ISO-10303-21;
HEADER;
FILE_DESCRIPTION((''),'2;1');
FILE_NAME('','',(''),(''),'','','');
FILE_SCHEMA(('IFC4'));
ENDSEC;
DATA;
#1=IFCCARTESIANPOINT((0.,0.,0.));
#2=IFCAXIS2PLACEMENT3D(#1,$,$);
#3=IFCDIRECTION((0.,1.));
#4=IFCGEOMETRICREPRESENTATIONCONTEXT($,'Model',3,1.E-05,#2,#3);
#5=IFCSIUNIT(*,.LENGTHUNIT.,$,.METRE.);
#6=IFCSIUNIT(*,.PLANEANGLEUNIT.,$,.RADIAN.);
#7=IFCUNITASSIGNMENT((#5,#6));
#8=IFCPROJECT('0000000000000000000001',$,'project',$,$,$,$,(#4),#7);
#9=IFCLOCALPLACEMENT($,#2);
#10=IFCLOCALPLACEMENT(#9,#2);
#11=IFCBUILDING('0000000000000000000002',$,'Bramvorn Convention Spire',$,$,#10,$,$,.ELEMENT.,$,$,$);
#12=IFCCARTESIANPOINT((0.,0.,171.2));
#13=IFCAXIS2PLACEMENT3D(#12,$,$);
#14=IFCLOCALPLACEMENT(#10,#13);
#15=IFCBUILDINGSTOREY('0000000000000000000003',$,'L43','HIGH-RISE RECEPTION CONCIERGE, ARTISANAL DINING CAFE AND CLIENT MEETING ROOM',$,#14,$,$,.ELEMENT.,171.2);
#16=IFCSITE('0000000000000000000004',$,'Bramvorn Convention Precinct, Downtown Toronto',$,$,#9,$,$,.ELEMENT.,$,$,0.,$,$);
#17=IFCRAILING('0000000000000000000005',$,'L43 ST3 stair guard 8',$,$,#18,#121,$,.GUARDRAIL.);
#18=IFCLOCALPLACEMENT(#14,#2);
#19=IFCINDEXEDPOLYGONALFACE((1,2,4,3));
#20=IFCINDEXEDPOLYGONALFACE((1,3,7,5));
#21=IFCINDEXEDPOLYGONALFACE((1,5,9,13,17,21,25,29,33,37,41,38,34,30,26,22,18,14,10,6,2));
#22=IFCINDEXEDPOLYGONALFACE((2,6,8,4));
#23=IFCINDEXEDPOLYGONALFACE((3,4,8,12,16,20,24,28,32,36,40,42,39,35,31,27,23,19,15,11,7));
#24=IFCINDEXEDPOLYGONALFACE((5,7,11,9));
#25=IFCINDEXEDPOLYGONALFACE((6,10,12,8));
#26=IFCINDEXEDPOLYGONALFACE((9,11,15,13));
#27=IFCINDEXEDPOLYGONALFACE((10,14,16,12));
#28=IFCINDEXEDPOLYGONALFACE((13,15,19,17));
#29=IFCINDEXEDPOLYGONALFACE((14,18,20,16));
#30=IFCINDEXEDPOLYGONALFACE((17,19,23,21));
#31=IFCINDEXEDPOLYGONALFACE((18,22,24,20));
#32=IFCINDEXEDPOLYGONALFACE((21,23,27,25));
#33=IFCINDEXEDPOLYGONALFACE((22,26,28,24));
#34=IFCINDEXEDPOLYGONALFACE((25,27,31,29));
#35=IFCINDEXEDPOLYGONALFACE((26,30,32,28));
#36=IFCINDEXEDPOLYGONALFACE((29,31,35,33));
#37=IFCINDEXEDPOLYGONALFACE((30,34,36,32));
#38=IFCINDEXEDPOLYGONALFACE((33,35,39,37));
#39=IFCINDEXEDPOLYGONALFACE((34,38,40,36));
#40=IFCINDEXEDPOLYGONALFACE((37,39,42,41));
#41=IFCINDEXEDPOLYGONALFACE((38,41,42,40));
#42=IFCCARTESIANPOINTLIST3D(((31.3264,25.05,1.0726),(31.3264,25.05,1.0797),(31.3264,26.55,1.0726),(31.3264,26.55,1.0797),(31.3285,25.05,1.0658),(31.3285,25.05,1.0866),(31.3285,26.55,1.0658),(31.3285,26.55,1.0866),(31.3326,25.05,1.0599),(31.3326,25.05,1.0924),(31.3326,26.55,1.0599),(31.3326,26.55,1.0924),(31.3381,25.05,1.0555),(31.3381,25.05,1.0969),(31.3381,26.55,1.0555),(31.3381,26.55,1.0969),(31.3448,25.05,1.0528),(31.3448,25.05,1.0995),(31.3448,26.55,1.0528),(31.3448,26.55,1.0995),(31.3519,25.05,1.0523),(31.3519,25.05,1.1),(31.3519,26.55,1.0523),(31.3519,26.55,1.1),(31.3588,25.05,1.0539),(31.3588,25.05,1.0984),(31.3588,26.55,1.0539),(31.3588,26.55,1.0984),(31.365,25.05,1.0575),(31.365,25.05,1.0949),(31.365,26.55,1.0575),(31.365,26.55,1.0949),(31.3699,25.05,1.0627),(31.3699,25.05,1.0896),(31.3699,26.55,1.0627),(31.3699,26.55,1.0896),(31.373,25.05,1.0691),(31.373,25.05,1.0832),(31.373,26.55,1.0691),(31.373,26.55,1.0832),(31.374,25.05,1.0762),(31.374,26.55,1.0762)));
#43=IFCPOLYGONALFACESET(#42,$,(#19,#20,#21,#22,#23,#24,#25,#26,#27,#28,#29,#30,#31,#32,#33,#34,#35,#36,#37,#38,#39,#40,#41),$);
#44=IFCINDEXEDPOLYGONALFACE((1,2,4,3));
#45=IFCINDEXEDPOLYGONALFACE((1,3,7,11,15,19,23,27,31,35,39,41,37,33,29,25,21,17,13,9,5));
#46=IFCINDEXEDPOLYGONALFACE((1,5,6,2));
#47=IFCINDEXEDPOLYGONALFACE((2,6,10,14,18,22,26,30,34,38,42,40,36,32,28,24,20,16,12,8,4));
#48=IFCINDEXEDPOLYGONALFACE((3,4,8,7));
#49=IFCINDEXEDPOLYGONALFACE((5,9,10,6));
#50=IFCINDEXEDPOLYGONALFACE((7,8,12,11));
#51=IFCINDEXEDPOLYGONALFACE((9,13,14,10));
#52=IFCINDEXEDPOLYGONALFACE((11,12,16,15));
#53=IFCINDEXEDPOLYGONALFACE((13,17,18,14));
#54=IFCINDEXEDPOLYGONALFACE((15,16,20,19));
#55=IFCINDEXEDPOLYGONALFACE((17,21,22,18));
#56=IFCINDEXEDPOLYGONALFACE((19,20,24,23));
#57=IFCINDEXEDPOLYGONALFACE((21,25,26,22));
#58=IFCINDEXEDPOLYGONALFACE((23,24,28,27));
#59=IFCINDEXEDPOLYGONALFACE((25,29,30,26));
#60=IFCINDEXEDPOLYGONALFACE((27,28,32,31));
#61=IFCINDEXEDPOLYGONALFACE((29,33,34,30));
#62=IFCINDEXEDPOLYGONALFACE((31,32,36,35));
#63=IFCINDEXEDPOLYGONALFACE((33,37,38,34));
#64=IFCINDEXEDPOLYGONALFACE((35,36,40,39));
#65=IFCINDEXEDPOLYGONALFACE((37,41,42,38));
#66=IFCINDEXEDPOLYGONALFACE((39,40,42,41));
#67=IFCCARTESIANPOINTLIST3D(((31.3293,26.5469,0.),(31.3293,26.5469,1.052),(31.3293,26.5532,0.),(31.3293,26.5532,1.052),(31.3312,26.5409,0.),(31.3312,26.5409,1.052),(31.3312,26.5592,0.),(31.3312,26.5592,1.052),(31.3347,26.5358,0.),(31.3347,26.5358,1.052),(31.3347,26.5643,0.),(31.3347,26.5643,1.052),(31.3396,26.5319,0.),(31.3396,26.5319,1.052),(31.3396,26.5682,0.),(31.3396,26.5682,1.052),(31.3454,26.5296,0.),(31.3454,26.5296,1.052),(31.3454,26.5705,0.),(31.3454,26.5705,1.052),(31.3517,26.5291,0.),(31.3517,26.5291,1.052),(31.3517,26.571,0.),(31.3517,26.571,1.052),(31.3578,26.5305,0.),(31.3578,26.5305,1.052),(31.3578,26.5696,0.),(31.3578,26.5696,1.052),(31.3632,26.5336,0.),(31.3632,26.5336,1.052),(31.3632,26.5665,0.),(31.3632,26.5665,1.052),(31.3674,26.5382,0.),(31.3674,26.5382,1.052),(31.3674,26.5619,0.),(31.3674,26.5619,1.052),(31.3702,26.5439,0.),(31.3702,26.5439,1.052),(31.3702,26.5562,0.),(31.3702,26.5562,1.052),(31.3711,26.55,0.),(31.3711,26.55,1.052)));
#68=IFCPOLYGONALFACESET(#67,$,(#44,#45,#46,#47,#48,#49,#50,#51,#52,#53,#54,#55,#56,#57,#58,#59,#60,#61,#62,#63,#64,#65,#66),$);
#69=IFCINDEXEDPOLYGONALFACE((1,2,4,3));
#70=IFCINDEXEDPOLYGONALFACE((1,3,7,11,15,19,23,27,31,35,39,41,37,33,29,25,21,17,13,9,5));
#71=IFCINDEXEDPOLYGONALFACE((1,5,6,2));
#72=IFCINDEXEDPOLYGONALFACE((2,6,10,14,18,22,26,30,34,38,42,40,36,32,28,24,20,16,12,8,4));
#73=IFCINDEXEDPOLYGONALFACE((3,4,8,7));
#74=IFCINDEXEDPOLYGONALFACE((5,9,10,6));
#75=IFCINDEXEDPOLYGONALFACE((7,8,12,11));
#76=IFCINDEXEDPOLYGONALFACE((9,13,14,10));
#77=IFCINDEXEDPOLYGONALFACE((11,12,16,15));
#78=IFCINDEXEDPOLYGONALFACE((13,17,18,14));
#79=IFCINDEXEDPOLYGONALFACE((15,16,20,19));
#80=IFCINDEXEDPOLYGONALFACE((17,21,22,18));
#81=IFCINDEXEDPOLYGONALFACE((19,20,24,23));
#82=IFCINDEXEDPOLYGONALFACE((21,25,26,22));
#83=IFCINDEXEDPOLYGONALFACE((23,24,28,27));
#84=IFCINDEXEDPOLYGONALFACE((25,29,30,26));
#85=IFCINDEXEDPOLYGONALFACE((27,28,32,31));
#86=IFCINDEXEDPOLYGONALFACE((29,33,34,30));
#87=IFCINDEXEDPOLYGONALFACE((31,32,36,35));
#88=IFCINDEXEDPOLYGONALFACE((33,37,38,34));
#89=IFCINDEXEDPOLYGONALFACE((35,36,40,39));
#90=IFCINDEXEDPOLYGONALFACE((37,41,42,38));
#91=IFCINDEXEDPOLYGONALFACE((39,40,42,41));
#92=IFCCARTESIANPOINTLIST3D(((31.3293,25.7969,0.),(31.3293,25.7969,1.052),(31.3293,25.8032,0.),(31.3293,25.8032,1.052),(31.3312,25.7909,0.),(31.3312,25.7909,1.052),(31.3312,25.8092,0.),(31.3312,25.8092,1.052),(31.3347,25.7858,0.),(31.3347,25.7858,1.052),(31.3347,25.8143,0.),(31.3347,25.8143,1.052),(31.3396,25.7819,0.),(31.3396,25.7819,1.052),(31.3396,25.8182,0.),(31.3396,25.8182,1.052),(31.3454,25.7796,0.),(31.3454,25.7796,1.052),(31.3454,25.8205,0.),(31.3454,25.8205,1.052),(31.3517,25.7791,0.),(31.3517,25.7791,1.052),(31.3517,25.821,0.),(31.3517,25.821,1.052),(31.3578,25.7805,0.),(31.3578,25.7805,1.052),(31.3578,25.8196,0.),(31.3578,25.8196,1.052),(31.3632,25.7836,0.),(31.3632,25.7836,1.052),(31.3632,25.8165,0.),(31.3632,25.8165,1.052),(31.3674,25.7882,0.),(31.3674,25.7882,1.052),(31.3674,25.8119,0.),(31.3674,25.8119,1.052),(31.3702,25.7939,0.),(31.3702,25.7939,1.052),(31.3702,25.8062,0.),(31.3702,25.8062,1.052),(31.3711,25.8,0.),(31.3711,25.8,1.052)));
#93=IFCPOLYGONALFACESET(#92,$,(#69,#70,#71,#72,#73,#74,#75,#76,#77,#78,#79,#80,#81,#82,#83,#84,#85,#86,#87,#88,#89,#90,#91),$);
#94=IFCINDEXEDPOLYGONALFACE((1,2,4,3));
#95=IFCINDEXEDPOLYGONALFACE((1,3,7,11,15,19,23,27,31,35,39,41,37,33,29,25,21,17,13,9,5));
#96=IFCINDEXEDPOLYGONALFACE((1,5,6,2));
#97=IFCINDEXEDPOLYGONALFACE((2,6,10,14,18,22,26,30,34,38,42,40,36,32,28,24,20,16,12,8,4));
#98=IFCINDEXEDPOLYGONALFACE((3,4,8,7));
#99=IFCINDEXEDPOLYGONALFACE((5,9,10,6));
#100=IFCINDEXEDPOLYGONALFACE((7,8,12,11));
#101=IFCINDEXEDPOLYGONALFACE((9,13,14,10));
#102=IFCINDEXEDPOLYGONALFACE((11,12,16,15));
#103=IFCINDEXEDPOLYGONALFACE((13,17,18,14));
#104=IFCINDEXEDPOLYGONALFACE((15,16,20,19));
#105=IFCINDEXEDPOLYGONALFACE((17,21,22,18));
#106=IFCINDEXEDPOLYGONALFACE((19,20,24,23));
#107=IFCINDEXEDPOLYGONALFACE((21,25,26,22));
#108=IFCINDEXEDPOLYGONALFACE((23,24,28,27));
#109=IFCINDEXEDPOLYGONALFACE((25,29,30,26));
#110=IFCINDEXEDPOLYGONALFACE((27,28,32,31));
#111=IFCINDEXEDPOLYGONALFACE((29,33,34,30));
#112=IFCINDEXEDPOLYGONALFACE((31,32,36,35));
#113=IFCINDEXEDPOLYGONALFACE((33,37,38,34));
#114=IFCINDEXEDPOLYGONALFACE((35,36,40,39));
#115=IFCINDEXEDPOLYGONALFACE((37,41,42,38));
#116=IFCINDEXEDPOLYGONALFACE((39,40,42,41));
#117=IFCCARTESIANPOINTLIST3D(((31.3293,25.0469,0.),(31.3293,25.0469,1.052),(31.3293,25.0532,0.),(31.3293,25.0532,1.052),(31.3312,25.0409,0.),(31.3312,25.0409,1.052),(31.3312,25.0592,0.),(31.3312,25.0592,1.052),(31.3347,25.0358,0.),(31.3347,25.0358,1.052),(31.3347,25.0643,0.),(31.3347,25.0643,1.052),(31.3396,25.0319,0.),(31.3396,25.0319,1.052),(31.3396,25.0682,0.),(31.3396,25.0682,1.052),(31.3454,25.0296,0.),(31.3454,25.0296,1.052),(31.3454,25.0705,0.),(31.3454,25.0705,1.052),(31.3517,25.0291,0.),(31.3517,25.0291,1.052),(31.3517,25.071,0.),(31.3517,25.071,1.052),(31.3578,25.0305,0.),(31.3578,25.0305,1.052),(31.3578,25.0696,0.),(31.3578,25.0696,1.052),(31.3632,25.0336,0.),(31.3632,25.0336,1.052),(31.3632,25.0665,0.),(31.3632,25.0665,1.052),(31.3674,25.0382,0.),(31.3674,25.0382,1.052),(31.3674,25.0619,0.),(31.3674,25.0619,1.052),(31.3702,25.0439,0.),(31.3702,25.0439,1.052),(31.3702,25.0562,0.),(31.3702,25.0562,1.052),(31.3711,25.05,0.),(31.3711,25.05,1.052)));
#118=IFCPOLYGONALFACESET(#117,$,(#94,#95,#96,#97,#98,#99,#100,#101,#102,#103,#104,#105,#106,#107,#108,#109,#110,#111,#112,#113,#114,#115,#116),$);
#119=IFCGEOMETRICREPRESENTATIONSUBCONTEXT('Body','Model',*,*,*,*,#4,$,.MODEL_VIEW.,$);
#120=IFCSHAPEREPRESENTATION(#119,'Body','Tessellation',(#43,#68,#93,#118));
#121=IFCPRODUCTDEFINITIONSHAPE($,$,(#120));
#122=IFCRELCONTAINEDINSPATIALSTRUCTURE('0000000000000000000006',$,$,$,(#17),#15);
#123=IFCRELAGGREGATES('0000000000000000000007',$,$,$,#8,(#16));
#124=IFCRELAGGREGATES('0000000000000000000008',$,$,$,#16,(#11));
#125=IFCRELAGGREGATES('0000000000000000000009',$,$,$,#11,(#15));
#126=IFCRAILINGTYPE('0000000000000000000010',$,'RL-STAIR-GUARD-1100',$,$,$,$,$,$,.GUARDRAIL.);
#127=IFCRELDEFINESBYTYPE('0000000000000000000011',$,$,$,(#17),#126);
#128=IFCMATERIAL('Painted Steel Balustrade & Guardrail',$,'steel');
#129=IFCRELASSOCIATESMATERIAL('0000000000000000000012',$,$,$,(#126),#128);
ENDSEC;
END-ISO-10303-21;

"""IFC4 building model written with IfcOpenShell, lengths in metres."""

from ifc_helpers import new_model, si_unit, direction, frame, origin, origin_2d, place, context, subcontext, project, spatial, circle, extrude, material, type_object, element, save


model = new_model("IFC4")

# Units and contexts
model_context = context("Model", 3, precision=1e-05, world=origin(), true_north=direction((0.0, 1.0)))
body_context = subcontext(model_context, "Body", "Model", "MODEL_VIEW")
ifc_project = project(units=[si_unit("LENGTHUNIT", "METRE"), si_unit("PLANEANGLEUNIT", "RADIAN")], contexts=[model_context])

# Site, building, storey
site_placement = place(None, origin())
site = spatial("IfcSite", under=ifc_project, at=site_placement, Name="Bramvorn Convention Precinct, Downtown Toronto", CompositionType="ELEMENT", RefElevation=0.0)
building_placement = place(site_placement, origin())
building = spatial("IfcBuilding", under=site, at=building_placement, Name="Bramvorn Convention Spire", CompositionType="ELEMENT")
storey_placement = place(building_placement, frame((0.0, 0.0, 171.2)))
storey = spatial("IfcBuildingStorey", under=building, at=storey_placement, Name="L43", Description="HIGH-RISE RECEPTION CONCIERGE, ARTISANAL DINING CAFE AND CLIENT MEETING ROOM", CompositionType="ELEMENT", Elevation=171.2)

# Railing
ifc_material_1 = material(Name="Painted Steel Balustrade & Guardrail", Category="steel")
railing_type = type_object("IfcRailingType", Name="RL-STAIR-GUARD-1100", PredefinedType="GUARDRAIL", material=ifc_material_1)
railing_1_placement = place(storey_placement, frame((31.3501, 26.55, 0.0)))
element("IfcRailing", 1, at=railing_1_placement, inside=storey, type_object=railing_type, Name="L43 ST3 stair guard 8", PredefinedType="GUARDRAIL", context=body_context, shape_type="SweptSolid", body=[
    extrude(circle(Radius=0.0239, at=origin_2d()), frame((0.0, 0.0, 1.0762), z_axis=(0.0, -1.0, 0.0), x_axis=(1.0, 0.0, 0.0)), (0.0, 0.0, 1.0), 1.5),
    extrude(circle(Radius=0.021, at=origin_2d()), origin(), (0.0, 0.0, 1.0), 1.052),
    extrude(circle(Radius=0.021, at=origin_2d()), frame((0.0, -0.75, 0.0)), (0.0, 0.0, 1.0), 1.052),
    extrude(circle(Radius=0.021, at=origin_2d()), frame((0.0, -1.5, 0.0)), (0.0, 0.0, 1.0), 1.052),
])

save(model, "model.ifc")
